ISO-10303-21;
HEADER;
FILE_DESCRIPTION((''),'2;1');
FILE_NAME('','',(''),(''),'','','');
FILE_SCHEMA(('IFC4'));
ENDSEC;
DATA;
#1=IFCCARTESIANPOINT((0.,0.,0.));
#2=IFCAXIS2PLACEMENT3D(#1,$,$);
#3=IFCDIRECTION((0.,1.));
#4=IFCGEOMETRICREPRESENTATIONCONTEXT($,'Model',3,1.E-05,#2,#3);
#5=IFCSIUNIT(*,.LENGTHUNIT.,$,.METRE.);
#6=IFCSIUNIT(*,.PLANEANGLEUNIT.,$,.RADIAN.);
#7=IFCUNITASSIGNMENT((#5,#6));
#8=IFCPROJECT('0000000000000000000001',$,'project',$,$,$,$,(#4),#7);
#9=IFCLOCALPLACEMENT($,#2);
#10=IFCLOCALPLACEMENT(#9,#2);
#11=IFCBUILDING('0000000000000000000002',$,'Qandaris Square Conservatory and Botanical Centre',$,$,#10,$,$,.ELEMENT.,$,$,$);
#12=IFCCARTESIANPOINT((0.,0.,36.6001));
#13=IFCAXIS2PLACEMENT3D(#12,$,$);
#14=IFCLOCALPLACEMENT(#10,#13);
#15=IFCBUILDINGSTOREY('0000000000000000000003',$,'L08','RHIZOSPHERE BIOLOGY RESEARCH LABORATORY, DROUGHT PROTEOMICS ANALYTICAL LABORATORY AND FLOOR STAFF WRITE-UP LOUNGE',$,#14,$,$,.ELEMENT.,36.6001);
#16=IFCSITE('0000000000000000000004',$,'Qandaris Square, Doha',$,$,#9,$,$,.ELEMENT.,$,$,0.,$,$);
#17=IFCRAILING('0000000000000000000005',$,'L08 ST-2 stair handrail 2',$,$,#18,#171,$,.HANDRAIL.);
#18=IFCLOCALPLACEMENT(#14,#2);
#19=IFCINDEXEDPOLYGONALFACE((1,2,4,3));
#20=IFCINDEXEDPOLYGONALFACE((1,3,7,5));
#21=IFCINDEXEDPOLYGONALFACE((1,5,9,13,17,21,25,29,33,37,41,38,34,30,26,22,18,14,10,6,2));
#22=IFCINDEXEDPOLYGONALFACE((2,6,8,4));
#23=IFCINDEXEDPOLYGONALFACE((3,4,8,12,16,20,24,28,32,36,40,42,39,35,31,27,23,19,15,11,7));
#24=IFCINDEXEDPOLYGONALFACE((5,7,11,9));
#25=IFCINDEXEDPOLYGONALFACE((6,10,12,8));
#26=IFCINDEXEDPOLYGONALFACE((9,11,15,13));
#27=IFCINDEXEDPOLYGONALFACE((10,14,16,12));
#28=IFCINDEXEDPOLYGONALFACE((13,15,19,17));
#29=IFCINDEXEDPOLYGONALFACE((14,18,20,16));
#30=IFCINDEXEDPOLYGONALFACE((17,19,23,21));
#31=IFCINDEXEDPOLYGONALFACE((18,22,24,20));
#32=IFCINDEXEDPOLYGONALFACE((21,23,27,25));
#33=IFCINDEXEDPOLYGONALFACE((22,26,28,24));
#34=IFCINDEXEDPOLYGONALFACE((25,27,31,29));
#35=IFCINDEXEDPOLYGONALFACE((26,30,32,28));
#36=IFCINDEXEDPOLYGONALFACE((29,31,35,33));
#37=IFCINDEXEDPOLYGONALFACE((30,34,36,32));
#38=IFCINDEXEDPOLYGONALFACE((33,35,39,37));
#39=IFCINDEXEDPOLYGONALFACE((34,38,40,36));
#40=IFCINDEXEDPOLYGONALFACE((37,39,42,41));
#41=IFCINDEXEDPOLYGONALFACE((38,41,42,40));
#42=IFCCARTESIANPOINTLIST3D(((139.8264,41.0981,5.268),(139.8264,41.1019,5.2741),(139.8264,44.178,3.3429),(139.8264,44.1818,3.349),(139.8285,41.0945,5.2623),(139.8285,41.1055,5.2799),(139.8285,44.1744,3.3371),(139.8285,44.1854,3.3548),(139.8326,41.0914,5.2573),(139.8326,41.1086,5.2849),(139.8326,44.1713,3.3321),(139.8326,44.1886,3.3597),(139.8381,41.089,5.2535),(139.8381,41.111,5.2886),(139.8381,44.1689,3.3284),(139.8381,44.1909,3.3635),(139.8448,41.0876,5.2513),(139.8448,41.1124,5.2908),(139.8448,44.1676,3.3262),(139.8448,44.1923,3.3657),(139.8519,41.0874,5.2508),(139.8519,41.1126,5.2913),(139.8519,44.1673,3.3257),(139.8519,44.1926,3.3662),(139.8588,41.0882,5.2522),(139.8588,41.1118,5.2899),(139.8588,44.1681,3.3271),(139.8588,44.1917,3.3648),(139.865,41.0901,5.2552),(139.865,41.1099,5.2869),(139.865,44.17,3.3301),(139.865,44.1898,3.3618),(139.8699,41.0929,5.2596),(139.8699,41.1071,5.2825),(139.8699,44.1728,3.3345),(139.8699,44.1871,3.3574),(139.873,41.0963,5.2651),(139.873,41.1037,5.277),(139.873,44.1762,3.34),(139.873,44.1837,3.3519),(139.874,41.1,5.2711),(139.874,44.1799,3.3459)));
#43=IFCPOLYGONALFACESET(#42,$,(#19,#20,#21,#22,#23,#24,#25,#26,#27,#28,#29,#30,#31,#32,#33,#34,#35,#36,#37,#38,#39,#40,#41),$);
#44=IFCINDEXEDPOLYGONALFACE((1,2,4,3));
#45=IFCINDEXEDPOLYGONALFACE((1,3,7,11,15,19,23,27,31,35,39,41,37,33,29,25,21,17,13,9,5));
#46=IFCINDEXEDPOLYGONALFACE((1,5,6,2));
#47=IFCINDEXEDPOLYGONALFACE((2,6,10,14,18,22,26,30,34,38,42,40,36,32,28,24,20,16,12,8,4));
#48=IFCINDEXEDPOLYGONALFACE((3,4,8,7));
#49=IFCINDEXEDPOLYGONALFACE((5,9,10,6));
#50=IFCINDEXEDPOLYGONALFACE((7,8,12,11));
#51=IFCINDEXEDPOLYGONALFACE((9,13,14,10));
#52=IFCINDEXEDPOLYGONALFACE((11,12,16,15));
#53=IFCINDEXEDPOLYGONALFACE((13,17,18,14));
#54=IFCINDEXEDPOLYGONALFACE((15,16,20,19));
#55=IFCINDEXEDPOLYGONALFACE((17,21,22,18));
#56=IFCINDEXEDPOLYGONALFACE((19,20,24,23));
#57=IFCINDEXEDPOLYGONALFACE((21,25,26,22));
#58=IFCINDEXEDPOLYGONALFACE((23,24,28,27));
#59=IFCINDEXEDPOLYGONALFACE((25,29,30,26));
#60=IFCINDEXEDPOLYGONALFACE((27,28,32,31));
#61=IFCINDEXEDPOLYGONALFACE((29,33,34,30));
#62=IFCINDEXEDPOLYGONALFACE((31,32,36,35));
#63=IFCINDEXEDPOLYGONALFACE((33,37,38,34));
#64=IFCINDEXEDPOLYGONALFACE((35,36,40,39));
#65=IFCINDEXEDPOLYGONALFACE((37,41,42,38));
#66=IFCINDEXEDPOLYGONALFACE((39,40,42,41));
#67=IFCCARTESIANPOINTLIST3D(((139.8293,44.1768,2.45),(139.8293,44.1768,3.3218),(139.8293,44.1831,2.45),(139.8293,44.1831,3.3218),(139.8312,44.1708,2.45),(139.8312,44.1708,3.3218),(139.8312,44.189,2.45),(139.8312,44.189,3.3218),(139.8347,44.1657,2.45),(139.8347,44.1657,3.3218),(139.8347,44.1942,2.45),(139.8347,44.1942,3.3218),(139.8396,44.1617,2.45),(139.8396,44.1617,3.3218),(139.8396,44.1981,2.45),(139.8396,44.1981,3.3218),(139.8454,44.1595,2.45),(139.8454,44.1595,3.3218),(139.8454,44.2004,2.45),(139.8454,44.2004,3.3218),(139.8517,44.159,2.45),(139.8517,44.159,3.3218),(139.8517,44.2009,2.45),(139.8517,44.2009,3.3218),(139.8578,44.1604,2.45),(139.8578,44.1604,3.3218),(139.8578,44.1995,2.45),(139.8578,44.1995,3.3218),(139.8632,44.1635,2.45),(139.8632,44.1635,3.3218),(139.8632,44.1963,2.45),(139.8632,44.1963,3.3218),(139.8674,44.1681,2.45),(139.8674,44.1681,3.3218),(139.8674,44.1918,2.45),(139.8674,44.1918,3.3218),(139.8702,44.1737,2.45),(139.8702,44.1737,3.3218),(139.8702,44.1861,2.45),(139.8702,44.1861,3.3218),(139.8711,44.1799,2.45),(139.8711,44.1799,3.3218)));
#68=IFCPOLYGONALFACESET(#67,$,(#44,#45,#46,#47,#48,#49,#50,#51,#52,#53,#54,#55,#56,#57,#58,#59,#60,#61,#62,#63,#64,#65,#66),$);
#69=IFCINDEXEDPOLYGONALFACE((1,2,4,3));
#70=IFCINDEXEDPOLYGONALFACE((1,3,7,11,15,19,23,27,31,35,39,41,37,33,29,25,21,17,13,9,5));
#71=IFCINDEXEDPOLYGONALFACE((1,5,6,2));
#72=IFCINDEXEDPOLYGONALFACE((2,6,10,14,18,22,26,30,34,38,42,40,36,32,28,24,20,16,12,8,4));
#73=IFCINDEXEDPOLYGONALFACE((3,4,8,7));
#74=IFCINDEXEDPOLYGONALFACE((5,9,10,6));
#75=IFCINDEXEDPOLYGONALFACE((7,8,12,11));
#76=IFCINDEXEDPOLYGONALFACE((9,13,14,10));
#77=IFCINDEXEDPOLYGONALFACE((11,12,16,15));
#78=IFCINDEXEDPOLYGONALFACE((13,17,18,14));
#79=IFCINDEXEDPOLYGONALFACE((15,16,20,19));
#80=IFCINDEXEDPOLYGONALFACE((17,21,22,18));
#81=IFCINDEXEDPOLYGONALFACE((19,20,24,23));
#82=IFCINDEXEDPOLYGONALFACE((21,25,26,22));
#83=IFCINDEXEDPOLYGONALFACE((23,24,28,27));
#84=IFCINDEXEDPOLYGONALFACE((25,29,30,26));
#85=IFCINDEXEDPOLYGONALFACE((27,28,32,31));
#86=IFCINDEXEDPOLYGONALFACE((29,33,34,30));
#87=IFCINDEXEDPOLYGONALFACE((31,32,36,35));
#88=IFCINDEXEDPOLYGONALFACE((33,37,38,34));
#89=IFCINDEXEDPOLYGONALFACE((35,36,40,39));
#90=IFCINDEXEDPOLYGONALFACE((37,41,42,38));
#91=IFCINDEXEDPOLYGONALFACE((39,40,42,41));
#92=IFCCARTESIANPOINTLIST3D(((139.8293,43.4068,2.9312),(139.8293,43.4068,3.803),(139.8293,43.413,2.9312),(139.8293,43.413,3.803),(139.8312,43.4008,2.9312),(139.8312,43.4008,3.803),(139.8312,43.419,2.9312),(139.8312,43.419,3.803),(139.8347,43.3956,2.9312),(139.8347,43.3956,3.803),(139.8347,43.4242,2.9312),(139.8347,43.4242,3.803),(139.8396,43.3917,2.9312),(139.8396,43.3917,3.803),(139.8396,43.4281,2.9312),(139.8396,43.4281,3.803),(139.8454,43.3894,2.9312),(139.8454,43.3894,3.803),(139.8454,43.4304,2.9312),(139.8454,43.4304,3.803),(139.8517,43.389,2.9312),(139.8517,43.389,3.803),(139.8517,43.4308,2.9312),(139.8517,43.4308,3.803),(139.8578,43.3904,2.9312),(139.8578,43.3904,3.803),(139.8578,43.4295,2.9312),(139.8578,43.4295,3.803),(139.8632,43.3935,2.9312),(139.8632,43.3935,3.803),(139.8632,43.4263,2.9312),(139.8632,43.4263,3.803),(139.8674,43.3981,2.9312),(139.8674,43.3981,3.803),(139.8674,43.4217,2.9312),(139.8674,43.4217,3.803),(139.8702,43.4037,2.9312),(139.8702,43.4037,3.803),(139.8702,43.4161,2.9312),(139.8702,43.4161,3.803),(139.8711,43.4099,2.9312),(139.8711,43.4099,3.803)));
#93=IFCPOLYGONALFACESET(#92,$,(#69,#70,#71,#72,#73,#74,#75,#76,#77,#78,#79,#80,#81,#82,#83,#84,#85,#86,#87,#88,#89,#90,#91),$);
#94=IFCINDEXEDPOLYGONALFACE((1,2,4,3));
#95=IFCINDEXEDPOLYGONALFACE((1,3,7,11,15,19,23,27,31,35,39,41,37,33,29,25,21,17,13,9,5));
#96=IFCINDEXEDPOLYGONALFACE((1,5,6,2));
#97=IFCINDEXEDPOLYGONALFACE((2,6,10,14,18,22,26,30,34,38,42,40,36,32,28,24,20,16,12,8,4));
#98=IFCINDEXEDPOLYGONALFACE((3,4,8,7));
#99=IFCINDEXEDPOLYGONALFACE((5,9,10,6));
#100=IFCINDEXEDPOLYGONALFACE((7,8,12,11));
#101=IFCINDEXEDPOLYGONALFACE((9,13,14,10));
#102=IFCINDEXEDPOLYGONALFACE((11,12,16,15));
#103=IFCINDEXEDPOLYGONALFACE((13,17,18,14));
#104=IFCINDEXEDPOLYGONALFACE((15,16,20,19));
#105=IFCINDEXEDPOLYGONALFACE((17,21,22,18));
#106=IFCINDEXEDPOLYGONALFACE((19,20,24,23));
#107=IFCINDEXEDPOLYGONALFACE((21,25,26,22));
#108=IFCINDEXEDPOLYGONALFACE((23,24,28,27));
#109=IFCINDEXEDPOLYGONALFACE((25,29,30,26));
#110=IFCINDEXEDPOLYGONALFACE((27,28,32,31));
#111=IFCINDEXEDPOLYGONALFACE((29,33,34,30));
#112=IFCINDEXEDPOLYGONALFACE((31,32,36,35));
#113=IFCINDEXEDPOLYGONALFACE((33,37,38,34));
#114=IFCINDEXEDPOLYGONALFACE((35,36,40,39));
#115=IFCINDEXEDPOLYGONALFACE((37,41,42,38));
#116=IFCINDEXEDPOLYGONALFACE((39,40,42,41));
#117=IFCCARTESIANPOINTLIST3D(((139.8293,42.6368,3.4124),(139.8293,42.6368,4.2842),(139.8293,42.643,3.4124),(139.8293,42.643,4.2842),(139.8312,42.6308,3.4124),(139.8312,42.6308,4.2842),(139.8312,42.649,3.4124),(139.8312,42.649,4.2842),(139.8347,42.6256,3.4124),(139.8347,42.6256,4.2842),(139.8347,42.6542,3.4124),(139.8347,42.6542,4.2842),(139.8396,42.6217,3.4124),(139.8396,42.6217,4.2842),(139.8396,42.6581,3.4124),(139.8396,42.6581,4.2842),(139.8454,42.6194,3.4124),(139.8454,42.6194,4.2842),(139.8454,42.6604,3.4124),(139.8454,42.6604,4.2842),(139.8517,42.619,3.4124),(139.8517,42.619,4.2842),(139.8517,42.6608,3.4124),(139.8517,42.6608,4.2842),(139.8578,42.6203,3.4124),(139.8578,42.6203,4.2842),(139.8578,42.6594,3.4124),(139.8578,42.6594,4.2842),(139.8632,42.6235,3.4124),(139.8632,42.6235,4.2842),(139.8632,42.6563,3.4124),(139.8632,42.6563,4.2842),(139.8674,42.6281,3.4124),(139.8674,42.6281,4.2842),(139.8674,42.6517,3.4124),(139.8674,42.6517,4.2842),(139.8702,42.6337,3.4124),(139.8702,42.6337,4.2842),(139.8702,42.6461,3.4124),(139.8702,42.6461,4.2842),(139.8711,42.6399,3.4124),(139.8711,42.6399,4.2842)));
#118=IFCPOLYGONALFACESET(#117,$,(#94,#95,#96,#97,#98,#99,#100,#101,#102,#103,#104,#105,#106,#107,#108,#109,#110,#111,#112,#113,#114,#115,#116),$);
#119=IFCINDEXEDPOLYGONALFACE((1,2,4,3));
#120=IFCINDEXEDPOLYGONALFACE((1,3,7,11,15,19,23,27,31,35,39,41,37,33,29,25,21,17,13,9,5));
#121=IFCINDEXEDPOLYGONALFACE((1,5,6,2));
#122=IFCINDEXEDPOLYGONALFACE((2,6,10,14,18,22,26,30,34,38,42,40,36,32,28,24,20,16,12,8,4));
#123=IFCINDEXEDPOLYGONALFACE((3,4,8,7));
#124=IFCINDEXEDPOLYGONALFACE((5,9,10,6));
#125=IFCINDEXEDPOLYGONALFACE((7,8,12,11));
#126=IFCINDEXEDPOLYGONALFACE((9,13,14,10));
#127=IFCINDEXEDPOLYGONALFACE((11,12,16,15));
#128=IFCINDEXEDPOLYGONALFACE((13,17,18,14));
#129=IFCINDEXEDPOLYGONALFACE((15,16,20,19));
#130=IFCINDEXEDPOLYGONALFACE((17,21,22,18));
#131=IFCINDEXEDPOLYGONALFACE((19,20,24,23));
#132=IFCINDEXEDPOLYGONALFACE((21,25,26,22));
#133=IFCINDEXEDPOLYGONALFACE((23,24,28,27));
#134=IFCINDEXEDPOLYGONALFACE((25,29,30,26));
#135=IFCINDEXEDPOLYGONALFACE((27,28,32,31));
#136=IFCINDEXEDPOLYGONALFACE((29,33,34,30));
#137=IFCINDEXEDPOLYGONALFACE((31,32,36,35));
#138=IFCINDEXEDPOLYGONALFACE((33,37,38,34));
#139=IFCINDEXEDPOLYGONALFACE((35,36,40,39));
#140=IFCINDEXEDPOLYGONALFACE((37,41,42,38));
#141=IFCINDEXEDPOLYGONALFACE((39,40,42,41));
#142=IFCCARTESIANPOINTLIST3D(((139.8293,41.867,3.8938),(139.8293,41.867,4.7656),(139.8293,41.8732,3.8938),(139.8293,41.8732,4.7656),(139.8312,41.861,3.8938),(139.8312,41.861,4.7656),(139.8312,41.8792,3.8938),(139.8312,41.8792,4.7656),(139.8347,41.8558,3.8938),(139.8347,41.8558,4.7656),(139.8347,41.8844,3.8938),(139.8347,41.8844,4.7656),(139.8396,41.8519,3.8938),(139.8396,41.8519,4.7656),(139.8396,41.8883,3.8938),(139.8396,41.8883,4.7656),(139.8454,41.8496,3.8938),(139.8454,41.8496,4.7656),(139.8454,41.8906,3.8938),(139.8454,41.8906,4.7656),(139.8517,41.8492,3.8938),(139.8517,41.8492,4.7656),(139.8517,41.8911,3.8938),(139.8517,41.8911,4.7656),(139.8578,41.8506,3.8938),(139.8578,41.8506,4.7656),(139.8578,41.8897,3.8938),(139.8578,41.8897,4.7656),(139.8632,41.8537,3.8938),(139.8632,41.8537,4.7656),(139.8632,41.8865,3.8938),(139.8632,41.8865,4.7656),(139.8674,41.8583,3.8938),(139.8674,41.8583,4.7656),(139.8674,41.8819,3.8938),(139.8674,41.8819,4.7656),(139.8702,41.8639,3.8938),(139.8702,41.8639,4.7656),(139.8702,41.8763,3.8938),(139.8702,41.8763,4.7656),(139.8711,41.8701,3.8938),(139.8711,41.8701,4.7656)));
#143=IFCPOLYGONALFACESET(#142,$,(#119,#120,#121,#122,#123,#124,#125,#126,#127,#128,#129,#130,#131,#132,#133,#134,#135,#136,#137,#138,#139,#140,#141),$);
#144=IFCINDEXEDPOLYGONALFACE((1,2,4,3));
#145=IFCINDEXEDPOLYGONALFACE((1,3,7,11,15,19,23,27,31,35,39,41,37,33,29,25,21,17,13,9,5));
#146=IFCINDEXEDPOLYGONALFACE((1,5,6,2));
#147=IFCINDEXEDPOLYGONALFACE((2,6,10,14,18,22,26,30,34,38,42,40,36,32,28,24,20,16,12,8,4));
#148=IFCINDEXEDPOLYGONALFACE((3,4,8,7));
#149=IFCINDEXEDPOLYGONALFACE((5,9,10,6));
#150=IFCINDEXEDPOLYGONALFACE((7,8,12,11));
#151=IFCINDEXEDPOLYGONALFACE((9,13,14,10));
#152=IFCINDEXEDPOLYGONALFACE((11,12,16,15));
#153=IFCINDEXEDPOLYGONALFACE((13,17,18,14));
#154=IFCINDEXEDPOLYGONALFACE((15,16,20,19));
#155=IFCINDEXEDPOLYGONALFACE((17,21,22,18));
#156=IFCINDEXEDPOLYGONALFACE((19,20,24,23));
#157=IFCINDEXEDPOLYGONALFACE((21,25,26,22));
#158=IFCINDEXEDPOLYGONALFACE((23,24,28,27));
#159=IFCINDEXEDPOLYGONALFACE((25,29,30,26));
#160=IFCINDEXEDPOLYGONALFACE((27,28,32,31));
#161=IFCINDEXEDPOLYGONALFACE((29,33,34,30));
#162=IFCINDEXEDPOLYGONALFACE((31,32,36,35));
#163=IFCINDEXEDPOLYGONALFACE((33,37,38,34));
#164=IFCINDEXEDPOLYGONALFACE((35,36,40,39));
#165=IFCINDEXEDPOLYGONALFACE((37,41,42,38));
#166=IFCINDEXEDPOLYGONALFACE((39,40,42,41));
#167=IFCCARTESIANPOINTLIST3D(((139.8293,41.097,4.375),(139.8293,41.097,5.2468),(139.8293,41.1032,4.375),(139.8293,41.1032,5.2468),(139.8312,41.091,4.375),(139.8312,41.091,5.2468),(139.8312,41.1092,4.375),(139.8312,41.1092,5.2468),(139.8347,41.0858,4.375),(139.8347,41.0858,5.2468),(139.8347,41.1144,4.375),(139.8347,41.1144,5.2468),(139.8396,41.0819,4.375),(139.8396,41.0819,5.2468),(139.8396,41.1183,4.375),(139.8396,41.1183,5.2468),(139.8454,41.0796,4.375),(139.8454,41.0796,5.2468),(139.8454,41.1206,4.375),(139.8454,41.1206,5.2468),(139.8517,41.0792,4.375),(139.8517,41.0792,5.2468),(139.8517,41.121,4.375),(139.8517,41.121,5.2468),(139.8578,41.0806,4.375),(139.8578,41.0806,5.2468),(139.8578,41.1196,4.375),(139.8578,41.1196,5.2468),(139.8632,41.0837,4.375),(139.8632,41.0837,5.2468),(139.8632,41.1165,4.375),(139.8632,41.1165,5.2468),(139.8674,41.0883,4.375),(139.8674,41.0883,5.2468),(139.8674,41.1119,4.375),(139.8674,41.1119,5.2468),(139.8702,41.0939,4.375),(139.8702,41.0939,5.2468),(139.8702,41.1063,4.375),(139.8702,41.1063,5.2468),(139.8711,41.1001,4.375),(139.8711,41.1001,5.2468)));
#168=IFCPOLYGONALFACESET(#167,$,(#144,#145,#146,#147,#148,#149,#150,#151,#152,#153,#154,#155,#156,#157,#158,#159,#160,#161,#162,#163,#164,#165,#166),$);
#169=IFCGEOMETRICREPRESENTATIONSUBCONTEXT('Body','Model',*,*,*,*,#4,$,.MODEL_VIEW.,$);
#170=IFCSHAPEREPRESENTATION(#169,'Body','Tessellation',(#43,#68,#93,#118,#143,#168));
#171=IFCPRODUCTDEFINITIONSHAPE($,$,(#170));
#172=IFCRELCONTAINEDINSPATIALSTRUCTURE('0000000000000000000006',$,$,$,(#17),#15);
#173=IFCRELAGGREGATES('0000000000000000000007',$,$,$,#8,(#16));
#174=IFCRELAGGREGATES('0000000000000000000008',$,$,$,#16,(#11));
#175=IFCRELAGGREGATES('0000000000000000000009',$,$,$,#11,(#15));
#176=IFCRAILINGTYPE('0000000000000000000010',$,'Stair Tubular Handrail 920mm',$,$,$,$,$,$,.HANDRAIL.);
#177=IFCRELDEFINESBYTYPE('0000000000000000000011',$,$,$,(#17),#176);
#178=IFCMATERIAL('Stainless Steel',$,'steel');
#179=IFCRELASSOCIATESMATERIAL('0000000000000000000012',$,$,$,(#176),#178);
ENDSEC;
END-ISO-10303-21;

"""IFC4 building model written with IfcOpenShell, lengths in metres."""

from ifc_helpers import new_model, si_unit, direction, frame, origin, origin_2d, place, context, subcontext, project, spatial, circle, extrude, material, type_object, element, save


model = new_model("IFC4")

# Units and contexts
model_context = context("Model", 3, precision=1e-05, world=origin(), true_north=direction((0.0, 1.0)))
body_context = subcontext(model_context, "Body", "Model", "MODEL_VIEW")
ifc_project = project(units=[si_unit("LENGTHUNIT", "METRE"), si_unit("PLANEANGLEUNIT", "RADIAN")], contexts=[model_context])

# Site, building, storey
site_placement = place(None, origin())
site = spatial("IfcSite", under=ifc_project, at=site_placement, Name="Qandaris Square, Doha", CompositionType="ELEMENT", RefElevation=0.0)
building_placement = place(site_placement, origin())
building = spatial("IfcBuilding", under=site, at=building_placement, Name="Qandaris Square Conservatory and Botanical Centre", CompositionType="ELEMENT")
storey_placement = place(building_placement, frame((0.0, 0.0, 36.6001)))
storey = spatial("IfcBuildingStorey", under=building, at=storey_placement, Name="L08", Description="RHIZOSPHERE BIOLOGY RESEARCH LABORATORY, DROUGHT PROTEOMICS ANALYTICAL LABORATORY AND FLOOR STAFF WRITE-UP LOUNGE", CompositionType="ELEMENT", Elevation=36.6001)

# Railing
ifc_material_1 = material(Name="Stainless Steel", Category="steel")
railing_type_1 = type_object("IfcRailingType", Name="Stair Tubular Handrail 920mm", PredefinedType="HANDRAIL", material=ifc_material_1)
railing_1_placement = place(storey_placement, frame((139.8501, 44.1799, 2.45)))
element("IfcRailing", 1, at=railing_1_placement, inside=storey, type_object=railing_type_1, Name="L08 ST-2 stair handrail 2", PredefinedType="HANDRAIL", context=body_context, shape_type="SweptSolid", body=[
    extrude(circle(Radius=0.0239, at=origin_2d()), frame((0.0, 0.0, 0.896), z_axis=(0.0, -0.847979, 0.530029), x_axis=(1.0, 0.0, 0.0)), (0.0, 0.0, 1.0), 3.6321),
    extrude(circle(Radius=0.021, at=origin_2d()), origin(), (0.0, 0.0, 1.0), 0.8718),
    extrude(circle(Radius=0.021, at=origin_2d()), frame((0.0, -0.77, 0.4812)), (0.0, 0.0, 1.0), 0.8718),
    extrude(circle(Radius=0.021, at=origin_2d()), frame((0.0, -1.54, 0.9624)), (0.0, 0.0, 1.0), 0.8718),
    extrude(circle(Radius=0.021, at=origin_2d()), frame((0.0, -2.3098, 1.4438)), (0.0, 0.0, 1.0), 0.8718),
    extrude(circle(Radius=0.021, at=origin_2d()), frame((0.0, -3.0798, 1.925)), (0.0, 0.0, 1.0), 0.8718),
])

save(model, "model.ifc")
